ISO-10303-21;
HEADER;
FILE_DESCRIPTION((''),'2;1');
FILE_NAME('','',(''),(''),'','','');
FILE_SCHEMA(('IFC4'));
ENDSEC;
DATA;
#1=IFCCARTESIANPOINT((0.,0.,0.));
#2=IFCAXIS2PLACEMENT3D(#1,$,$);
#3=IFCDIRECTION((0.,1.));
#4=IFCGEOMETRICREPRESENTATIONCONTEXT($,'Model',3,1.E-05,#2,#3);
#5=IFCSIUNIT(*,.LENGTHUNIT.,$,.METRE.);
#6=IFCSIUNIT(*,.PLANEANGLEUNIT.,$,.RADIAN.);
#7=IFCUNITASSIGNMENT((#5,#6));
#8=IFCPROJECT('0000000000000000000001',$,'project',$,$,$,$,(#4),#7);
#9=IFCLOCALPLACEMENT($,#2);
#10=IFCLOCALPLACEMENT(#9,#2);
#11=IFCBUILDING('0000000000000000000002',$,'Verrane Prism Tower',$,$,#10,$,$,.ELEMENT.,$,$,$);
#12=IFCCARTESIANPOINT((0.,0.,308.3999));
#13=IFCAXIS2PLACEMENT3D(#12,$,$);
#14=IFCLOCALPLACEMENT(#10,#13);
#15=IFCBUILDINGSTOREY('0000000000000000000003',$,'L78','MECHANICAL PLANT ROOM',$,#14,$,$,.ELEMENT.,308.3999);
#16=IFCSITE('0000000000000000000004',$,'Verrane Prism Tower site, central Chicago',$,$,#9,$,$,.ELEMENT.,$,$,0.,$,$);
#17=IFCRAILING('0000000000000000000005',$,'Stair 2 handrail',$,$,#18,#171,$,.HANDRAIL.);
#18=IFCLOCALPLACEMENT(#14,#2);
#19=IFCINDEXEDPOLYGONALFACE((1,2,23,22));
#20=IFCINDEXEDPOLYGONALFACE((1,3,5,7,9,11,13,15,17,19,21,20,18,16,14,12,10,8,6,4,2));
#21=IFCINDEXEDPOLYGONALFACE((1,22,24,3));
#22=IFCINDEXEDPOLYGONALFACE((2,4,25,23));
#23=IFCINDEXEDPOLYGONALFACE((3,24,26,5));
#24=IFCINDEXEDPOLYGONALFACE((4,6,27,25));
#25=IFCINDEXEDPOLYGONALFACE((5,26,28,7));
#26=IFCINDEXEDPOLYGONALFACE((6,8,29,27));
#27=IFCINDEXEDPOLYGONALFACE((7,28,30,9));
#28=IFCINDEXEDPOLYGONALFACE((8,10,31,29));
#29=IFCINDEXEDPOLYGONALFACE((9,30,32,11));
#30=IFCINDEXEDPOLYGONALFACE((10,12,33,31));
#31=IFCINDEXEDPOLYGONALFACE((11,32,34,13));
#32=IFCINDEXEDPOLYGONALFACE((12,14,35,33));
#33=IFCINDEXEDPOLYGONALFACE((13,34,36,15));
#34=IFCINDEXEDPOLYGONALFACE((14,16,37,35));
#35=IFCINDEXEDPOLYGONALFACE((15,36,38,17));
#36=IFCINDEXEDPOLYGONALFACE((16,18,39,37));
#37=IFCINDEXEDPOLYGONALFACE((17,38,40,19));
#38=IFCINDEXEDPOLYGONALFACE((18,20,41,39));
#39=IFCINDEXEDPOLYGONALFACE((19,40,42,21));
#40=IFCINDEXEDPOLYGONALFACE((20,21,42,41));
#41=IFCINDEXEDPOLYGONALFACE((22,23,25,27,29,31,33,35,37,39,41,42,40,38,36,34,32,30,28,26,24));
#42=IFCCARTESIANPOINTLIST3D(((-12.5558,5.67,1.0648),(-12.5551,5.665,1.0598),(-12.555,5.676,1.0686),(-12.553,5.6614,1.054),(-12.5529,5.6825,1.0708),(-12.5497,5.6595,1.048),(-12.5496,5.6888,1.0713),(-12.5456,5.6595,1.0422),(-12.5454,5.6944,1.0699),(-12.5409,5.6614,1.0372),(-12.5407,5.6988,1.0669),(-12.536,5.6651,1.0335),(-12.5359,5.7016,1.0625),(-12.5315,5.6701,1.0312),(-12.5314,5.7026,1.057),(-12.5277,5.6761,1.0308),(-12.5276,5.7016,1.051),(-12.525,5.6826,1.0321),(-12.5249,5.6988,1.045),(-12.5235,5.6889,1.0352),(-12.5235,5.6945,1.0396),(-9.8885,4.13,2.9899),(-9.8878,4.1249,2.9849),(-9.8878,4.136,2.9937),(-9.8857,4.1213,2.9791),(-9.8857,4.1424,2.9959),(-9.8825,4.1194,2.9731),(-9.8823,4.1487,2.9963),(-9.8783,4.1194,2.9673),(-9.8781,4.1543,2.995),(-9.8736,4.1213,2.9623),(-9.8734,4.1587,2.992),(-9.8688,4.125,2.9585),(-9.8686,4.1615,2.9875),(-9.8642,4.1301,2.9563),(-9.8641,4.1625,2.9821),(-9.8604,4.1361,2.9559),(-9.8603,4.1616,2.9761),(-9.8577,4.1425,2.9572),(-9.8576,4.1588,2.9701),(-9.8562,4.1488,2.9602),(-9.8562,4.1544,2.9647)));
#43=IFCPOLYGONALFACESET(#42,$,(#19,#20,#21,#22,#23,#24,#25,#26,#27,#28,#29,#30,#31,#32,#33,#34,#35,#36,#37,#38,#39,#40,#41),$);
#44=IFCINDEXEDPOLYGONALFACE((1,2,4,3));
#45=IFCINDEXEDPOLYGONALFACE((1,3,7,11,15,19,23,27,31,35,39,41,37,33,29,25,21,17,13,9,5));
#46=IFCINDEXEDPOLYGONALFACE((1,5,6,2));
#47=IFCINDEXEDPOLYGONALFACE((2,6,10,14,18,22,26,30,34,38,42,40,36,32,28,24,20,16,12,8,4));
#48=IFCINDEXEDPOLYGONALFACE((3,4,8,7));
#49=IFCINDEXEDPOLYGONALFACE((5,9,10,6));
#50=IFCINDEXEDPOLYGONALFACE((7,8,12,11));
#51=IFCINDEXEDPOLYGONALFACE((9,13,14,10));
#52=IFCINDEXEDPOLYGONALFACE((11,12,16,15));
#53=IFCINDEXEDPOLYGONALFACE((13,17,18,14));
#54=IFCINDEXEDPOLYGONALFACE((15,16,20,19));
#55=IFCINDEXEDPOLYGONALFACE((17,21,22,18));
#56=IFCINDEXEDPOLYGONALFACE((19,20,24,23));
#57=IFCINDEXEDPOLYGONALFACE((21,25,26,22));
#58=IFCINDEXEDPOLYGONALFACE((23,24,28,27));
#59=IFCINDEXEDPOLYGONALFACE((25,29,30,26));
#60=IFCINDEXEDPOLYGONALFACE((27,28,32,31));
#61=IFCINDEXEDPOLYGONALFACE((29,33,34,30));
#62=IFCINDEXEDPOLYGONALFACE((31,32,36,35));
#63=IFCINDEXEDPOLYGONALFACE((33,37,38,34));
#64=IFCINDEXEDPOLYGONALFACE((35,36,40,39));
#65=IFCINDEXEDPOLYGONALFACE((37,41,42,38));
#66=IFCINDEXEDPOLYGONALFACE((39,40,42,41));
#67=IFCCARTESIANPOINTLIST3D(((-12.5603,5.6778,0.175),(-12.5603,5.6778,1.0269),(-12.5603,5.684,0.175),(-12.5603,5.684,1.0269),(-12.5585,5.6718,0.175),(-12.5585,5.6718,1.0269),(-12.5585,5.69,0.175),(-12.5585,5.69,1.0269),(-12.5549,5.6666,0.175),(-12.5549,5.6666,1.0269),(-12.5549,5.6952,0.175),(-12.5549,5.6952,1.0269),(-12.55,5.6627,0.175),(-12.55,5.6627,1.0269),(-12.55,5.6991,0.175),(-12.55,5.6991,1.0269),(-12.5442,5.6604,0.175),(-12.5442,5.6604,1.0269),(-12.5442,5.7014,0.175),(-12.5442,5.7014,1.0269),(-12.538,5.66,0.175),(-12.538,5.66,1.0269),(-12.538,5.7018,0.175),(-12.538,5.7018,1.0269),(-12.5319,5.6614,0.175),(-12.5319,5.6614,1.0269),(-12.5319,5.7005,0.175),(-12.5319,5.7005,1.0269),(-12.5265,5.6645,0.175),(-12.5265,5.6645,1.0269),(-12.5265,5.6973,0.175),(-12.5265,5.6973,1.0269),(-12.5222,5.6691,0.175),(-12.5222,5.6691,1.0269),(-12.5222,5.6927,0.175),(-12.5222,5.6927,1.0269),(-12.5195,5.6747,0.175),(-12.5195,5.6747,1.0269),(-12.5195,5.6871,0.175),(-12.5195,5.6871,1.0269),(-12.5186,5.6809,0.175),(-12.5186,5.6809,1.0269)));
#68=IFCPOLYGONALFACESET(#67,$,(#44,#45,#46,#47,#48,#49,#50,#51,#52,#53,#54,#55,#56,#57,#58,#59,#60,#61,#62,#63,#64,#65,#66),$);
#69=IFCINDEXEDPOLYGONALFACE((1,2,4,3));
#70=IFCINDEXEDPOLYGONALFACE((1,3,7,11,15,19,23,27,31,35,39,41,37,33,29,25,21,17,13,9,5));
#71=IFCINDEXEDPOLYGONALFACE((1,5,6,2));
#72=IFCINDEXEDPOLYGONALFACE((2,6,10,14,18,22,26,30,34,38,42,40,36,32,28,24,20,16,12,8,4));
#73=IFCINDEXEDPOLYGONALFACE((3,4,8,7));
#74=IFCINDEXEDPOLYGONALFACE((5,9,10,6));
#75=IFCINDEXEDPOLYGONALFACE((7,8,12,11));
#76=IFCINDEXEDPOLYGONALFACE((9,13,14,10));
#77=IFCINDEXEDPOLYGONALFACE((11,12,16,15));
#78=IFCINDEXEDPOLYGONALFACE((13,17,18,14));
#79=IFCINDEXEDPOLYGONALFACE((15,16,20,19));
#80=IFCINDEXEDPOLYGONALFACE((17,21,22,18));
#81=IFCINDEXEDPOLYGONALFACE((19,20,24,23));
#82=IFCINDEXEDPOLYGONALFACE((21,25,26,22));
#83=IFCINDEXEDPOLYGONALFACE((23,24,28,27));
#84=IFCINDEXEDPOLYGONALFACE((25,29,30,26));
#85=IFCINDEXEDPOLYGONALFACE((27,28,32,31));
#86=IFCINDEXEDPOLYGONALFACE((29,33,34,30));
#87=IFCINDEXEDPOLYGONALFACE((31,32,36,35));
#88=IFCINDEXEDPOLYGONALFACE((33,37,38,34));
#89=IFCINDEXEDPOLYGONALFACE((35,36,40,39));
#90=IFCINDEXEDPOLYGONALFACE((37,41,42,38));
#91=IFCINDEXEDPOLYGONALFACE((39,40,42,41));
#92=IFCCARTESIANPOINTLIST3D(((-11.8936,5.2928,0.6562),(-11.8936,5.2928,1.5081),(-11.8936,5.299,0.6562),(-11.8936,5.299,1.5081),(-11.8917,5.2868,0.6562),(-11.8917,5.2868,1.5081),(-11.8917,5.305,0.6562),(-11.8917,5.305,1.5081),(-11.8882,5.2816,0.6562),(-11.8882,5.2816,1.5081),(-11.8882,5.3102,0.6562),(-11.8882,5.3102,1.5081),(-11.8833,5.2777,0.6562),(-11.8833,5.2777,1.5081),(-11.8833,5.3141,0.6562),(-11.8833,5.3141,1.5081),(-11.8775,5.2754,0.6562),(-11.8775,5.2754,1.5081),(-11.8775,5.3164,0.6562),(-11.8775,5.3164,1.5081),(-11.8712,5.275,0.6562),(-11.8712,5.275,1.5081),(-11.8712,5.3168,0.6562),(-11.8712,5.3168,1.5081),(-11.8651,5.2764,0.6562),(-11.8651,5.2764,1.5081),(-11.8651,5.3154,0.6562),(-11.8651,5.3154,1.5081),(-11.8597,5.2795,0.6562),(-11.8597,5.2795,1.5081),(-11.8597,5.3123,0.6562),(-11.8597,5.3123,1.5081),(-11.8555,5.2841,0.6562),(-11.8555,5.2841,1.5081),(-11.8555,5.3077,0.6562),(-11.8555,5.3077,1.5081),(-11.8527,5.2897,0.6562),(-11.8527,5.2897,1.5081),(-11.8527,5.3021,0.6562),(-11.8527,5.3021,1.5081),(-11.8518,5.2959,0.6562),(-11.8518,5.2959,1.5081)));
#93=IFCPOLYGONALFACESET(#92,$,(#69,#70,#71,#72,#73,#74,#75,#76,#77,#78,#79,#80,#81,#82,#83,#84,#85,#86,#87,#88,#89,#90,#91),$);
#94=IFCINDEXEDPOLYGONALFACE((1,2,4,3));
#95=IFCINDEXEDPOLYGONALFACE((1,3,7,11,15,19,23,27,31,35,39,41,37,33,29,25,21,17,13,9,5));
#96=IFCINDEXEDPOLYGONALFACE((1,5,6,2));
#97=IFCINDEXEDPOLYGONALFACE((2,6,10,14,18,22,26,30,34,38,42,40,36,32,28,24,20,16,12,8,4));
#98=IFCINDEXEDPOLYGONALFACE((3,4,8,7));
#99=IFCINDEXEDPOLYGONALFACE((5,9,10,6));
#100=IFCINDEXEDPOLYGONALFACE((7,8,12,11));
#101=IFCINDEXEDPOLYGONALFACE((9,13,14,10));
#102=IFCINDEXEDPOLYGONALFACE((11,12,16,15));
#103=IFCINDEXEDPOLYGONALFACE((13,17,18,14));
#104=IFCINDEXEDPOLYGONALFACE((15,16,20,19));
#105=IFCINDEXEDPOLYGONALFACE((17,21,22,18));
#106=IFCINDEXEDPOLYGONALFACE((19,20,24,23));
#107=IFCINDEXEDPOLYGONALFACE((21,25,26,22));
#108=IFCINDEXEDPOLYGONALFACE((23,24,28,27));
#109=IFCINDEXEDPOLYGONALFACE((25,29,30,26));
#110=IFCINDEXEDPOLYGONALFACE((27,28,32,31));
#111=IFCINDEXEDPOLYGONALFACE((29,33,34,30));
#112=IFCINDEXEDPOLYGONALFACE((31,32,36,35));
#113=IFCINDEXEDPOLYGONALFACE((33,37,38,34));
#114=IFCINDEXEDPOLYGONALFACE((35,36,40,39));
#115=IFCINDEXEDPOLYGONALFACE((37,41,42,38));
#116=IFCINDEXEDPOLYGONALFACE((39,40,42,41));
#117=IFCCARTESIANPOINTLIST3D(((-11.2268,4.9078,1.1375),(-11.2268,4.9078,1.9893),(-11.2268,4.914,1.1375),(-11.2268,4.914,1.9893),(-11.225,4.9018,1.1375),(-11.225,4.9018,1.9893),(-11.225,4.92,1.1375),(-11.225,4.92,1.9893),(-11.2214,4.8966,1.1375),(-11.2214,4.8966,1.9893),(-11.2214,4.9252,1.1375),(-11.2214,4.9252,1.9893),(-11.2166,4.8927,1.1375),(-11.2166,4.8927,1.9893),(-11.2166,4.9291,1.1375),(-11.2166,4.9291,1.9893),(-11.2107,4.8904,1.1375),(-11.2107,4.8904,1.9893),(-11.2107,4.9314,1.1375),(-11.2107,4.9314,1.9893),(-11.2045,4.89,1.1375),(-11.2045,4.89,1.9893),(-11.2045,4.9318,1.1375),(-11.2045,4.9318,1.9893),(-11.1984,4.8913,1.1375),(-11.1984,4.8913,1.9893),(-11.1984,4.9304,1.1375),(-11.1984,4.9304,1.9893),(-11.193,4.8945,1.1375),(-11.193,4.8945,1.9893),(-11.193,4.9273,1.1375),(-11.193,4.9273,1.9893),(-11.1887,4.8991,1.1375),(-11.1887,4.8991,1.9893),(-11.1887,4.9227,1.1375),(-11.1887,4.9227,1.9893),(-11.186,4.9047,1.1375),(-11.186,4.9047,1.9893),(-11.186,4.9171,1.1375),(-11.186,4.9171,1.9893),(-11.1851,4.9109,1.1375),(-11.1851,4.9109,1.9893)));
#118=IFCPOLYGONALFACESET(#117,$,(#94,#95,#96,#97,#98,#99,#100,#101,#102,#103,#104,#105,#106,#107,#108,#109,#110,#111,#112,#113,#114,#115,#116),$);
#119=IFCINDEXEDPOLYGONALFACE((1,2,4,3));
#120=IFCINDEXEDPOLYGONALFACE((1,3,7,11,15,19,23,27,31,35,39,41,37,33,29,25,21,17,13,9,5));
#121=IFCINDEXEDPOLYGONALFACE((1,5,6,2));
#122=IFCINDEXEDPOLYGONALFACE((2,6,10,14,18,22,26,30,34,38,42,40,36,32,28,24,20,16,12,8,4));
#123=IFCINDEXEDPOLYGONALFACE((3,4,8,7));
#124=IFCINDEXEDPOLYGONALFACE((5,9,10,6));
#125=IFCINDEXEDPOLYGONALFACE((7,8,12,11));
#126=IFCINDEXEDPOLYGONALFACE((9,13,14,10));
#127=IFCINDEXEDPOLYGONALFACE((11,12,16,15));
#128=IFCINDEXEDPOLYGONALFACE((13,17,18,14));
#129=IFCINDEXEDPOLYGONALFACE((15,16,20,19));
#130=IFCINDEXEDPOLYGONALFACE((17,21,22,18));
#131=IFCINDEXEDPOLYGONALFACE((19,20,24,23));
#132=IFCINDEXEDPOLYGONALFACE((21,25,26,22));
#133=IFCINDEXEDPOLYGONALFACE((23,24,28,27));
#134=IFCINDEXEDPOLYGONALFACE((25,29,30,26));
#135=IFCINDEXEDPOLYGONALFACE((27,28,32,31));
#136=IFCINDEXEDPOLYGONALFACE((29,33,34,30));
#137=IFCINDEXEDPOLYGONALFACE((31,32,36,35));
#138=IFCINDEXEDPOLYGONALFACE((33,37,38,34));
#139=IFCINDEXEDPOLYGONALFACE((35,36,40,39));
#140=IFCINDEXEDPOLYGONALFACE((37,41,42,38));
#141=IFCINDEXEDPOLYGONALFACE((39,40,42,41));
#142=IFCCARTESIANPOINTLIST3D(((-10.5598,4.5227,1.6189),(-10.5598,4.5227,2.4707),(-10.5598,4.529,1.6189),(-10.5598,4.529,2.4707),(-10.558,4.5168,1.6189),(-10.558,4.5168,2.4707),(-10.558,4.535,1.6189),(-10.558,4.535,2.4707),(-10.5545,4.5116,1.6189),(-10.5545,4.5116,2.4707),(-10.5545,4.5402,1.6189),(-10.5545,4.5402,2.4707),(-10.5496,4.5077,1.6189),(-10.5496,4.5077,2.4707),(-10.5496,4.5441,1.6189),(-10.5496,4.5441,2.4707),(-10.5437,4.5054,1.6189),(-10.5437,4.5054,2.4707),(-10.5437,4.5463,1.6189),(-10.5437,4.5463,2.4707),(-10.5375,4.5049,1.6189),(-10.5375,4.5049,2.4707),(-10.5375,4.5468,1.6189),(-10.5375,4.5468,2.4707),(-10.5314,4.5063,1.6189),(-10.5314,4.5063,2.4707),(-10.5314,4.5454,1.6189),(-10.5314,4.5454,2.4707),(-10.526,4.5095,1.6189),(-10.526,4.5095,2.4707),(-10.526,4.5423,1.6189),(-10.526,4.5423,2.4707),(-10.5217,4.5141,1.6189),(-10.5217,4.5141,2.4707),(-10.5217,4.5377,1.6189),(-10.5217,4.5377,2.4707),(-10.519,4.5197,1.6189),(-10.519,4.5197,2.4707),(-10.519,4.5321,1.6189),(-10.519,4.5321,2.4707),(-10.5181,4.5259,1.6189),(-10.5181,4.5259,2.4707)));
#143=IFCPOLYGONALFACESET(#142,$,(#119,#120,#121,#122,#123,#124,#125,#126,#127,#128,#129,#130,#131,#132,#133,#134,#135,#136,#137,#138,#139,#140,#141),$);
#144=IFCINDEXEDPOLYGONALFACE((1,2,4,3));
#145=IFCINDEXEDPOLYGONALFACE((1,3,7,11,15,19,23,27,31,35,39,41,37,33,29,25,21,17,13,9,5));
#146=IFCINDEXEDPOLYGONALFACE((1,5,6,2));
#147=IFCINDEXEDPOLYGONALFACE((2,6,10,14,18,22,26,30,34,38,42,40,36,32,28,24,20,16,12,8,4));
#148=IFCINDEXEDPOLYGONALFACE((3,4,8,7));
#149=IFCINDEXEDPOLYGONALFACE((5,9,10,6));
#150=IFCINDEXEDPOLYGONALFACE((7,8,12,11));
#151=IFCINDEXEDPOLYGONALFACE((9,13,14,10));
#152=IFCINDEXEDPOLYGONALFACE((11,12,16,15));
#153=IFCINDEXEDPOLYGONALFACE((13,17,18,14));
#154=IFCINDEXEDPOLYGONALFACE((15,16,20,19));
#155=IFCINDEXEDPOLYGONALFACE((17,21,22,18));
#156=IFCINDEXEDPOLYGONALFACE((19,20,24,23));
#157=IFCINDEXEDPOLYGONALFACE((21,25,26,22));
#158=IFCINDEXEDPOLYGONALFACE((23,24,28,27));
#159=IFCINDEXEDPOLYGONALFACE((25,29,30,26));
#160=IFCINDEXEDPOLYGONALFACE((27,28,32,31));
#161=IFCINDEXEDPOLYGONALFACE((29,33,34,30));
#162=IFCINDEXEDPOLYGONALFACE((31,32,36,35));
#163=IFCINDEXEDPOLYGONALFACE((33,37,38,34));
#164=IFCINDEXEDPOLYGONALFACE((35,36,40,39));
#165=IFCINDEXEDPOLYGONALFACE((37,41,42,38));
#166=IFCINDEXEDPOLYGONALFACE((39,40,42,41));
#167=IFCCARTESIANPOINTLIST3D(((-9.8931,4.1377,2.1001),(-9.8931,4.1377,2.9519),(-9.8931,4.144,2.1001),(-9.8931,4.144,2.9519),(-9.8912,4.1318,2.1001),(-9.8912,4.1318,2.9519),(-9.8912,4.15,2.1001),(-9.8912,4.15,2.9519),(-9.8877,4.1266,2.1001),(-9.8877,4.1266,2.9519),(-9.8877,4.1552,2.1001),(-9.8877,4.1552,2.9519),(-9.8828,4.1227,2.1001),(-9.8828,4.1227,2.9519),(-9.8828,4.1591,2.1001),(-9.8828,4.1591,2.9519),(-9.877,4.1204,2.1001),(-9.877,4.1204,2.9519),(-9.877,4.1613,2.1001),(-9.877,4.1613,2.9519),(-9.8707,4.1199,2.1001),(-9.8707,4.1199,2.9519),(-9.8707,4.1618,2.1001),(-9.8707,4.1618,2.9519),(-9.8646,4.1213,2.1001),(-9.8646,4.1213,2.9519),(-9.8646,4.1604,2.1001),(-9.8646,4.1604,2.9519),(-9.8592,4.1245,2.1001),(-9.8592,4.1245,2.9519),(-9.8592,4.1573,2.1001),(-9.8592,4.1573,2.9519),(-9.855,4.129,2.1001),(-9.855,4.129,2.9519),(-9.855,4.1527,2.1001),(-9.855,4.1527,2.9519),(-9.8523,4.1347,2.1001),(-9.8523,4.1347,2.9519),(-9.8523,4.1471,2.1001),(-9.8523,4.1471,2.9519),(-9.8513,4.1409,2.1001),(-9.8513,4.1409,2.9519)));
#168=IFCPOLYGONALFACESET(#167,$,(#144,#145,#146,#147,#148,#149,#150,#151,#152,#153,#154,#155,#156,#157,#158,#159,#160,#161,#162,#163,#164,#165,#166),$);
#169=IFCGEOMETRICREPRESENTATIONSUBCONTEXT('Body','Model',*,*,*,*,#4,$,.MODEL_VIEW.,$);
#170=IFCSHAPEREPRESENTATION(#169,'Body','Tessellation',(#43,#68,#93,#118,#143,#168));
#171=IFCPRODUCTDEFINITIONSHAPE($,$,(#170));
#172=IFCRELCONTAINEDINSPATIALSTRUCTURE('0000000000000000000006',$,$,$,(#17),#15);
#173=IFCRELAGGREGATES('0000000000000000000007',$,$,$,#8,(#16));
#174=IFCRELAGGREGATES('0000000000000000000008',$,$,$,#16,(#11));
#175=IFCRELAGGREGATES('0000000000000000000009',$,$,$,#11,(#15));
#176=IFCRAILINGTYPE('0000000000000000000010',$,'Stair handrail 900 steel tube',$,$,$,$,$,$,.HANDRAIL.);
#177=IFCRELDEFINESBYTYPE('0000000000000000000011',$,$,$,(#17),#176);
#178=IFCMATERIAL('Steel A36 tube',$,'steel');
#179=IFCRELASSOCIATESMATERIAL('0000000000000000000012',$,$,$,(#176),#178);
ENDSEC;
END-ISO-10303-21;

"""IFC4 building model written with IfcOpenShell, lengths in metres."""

from ifc_helpers import new_model, si_unit, direction, frame, origin, origin_2d, place, context, subcontext, project, spatial, circle, extrude, material, type_object, element, save


model = new_model("IFC4")

# Units and contexts
model_context = context("Model", 3, precision=1e-05, world=origin(), true_north=direction((0.0, 1.0)))
body_context = subcontext(model_context, "Body", "Model", "MODEL_VIEW")
ifc_project = project(units=[si_unit("LENGTHUNIT", "METRE"), si_unit("PLANEANGLEUNIT", "RADIAN")], contexts=[model_context])

# Site, building, storey
site_placement = place(None, origin())
site = spatial("IfcSite", under=ifc_project, at=site_placement, Name="Verrane Prism Tower site, central Chicago", CompositionType="ELEMENT", RefElevation=0.0)
building_placement = place(site_placement, origin())
building = spatial("IfcBuilding", under=site, at=building_placement, Name="Verrane Prism Tower", CompositionType="ELEMENT")
storey_placement = place(building_placement, frame((0.0, 0.0, 308.3999)))
storey = spatial("IfcBuildingStorey", under=building, at=storey_placement, Name="L78", Description="MECHANICAL PLANT ROOM", CompositionType="ELEMENT", Elevation=308.3999)

# Railing
ifc_material_1 = material(Name="Steel A36 tube", Category="steel")
railing_type_1 = type_object("IfcRailingType", Name="Stair handrail 900 steel tube", PredefinedType="HANDRAIL", material=ifc_material_1)
railing_1_placement = place(storey_placement, frame((-12.5396, 5.6809, 0.175)))
element("IfcRailing", 1, at=railing_1_placement, inside=storey, type_object=railing_type_1, Name="Stair 2 handrail", PredefinedType="HANDRAIL", context=body_context, shape_type="SweptSolid", body=[
    extrude(circle(Radius=0.0239, at=origin_2d()), frame((0.0, 0.0, 0.876), z_axis=(0.734364, -0.424015, 0.530019), x_axis=(0.500027, 0.86601, 0.0)), (0.0, 0.0, 1.0), 3.6321),
    extrude(circle(Radius=0.021, at=origin_2d()), origin(), (0.0, 0.0, 1.0), 0.8518),
    extrude(circle(Radius=0.021, at=origin_2d()), frame((0.6667, -0.385, 0.4812)), (0.0, 0.0, 1.0), 0.8518),
    extrude(circle(Radius=0.021, at=origin_2d()), frame((1.3335, -0.77, 0.9624)), (0.0, 0.0, 1.0), 0.8518),
    extrude(circle(Radius=0.021, at=origin_2d()), frame((2.0005, -1.155, 1.4438)), (0.0, 0.0, 1.0), 0.8518),
    extrude(circle(Radius=0.021, at=origin_2d()), frame((2.6672, -1.54, 1.925)), (0.0, 0.0, 1.0), 0.8518),
])

save(model, "model.ifc")
